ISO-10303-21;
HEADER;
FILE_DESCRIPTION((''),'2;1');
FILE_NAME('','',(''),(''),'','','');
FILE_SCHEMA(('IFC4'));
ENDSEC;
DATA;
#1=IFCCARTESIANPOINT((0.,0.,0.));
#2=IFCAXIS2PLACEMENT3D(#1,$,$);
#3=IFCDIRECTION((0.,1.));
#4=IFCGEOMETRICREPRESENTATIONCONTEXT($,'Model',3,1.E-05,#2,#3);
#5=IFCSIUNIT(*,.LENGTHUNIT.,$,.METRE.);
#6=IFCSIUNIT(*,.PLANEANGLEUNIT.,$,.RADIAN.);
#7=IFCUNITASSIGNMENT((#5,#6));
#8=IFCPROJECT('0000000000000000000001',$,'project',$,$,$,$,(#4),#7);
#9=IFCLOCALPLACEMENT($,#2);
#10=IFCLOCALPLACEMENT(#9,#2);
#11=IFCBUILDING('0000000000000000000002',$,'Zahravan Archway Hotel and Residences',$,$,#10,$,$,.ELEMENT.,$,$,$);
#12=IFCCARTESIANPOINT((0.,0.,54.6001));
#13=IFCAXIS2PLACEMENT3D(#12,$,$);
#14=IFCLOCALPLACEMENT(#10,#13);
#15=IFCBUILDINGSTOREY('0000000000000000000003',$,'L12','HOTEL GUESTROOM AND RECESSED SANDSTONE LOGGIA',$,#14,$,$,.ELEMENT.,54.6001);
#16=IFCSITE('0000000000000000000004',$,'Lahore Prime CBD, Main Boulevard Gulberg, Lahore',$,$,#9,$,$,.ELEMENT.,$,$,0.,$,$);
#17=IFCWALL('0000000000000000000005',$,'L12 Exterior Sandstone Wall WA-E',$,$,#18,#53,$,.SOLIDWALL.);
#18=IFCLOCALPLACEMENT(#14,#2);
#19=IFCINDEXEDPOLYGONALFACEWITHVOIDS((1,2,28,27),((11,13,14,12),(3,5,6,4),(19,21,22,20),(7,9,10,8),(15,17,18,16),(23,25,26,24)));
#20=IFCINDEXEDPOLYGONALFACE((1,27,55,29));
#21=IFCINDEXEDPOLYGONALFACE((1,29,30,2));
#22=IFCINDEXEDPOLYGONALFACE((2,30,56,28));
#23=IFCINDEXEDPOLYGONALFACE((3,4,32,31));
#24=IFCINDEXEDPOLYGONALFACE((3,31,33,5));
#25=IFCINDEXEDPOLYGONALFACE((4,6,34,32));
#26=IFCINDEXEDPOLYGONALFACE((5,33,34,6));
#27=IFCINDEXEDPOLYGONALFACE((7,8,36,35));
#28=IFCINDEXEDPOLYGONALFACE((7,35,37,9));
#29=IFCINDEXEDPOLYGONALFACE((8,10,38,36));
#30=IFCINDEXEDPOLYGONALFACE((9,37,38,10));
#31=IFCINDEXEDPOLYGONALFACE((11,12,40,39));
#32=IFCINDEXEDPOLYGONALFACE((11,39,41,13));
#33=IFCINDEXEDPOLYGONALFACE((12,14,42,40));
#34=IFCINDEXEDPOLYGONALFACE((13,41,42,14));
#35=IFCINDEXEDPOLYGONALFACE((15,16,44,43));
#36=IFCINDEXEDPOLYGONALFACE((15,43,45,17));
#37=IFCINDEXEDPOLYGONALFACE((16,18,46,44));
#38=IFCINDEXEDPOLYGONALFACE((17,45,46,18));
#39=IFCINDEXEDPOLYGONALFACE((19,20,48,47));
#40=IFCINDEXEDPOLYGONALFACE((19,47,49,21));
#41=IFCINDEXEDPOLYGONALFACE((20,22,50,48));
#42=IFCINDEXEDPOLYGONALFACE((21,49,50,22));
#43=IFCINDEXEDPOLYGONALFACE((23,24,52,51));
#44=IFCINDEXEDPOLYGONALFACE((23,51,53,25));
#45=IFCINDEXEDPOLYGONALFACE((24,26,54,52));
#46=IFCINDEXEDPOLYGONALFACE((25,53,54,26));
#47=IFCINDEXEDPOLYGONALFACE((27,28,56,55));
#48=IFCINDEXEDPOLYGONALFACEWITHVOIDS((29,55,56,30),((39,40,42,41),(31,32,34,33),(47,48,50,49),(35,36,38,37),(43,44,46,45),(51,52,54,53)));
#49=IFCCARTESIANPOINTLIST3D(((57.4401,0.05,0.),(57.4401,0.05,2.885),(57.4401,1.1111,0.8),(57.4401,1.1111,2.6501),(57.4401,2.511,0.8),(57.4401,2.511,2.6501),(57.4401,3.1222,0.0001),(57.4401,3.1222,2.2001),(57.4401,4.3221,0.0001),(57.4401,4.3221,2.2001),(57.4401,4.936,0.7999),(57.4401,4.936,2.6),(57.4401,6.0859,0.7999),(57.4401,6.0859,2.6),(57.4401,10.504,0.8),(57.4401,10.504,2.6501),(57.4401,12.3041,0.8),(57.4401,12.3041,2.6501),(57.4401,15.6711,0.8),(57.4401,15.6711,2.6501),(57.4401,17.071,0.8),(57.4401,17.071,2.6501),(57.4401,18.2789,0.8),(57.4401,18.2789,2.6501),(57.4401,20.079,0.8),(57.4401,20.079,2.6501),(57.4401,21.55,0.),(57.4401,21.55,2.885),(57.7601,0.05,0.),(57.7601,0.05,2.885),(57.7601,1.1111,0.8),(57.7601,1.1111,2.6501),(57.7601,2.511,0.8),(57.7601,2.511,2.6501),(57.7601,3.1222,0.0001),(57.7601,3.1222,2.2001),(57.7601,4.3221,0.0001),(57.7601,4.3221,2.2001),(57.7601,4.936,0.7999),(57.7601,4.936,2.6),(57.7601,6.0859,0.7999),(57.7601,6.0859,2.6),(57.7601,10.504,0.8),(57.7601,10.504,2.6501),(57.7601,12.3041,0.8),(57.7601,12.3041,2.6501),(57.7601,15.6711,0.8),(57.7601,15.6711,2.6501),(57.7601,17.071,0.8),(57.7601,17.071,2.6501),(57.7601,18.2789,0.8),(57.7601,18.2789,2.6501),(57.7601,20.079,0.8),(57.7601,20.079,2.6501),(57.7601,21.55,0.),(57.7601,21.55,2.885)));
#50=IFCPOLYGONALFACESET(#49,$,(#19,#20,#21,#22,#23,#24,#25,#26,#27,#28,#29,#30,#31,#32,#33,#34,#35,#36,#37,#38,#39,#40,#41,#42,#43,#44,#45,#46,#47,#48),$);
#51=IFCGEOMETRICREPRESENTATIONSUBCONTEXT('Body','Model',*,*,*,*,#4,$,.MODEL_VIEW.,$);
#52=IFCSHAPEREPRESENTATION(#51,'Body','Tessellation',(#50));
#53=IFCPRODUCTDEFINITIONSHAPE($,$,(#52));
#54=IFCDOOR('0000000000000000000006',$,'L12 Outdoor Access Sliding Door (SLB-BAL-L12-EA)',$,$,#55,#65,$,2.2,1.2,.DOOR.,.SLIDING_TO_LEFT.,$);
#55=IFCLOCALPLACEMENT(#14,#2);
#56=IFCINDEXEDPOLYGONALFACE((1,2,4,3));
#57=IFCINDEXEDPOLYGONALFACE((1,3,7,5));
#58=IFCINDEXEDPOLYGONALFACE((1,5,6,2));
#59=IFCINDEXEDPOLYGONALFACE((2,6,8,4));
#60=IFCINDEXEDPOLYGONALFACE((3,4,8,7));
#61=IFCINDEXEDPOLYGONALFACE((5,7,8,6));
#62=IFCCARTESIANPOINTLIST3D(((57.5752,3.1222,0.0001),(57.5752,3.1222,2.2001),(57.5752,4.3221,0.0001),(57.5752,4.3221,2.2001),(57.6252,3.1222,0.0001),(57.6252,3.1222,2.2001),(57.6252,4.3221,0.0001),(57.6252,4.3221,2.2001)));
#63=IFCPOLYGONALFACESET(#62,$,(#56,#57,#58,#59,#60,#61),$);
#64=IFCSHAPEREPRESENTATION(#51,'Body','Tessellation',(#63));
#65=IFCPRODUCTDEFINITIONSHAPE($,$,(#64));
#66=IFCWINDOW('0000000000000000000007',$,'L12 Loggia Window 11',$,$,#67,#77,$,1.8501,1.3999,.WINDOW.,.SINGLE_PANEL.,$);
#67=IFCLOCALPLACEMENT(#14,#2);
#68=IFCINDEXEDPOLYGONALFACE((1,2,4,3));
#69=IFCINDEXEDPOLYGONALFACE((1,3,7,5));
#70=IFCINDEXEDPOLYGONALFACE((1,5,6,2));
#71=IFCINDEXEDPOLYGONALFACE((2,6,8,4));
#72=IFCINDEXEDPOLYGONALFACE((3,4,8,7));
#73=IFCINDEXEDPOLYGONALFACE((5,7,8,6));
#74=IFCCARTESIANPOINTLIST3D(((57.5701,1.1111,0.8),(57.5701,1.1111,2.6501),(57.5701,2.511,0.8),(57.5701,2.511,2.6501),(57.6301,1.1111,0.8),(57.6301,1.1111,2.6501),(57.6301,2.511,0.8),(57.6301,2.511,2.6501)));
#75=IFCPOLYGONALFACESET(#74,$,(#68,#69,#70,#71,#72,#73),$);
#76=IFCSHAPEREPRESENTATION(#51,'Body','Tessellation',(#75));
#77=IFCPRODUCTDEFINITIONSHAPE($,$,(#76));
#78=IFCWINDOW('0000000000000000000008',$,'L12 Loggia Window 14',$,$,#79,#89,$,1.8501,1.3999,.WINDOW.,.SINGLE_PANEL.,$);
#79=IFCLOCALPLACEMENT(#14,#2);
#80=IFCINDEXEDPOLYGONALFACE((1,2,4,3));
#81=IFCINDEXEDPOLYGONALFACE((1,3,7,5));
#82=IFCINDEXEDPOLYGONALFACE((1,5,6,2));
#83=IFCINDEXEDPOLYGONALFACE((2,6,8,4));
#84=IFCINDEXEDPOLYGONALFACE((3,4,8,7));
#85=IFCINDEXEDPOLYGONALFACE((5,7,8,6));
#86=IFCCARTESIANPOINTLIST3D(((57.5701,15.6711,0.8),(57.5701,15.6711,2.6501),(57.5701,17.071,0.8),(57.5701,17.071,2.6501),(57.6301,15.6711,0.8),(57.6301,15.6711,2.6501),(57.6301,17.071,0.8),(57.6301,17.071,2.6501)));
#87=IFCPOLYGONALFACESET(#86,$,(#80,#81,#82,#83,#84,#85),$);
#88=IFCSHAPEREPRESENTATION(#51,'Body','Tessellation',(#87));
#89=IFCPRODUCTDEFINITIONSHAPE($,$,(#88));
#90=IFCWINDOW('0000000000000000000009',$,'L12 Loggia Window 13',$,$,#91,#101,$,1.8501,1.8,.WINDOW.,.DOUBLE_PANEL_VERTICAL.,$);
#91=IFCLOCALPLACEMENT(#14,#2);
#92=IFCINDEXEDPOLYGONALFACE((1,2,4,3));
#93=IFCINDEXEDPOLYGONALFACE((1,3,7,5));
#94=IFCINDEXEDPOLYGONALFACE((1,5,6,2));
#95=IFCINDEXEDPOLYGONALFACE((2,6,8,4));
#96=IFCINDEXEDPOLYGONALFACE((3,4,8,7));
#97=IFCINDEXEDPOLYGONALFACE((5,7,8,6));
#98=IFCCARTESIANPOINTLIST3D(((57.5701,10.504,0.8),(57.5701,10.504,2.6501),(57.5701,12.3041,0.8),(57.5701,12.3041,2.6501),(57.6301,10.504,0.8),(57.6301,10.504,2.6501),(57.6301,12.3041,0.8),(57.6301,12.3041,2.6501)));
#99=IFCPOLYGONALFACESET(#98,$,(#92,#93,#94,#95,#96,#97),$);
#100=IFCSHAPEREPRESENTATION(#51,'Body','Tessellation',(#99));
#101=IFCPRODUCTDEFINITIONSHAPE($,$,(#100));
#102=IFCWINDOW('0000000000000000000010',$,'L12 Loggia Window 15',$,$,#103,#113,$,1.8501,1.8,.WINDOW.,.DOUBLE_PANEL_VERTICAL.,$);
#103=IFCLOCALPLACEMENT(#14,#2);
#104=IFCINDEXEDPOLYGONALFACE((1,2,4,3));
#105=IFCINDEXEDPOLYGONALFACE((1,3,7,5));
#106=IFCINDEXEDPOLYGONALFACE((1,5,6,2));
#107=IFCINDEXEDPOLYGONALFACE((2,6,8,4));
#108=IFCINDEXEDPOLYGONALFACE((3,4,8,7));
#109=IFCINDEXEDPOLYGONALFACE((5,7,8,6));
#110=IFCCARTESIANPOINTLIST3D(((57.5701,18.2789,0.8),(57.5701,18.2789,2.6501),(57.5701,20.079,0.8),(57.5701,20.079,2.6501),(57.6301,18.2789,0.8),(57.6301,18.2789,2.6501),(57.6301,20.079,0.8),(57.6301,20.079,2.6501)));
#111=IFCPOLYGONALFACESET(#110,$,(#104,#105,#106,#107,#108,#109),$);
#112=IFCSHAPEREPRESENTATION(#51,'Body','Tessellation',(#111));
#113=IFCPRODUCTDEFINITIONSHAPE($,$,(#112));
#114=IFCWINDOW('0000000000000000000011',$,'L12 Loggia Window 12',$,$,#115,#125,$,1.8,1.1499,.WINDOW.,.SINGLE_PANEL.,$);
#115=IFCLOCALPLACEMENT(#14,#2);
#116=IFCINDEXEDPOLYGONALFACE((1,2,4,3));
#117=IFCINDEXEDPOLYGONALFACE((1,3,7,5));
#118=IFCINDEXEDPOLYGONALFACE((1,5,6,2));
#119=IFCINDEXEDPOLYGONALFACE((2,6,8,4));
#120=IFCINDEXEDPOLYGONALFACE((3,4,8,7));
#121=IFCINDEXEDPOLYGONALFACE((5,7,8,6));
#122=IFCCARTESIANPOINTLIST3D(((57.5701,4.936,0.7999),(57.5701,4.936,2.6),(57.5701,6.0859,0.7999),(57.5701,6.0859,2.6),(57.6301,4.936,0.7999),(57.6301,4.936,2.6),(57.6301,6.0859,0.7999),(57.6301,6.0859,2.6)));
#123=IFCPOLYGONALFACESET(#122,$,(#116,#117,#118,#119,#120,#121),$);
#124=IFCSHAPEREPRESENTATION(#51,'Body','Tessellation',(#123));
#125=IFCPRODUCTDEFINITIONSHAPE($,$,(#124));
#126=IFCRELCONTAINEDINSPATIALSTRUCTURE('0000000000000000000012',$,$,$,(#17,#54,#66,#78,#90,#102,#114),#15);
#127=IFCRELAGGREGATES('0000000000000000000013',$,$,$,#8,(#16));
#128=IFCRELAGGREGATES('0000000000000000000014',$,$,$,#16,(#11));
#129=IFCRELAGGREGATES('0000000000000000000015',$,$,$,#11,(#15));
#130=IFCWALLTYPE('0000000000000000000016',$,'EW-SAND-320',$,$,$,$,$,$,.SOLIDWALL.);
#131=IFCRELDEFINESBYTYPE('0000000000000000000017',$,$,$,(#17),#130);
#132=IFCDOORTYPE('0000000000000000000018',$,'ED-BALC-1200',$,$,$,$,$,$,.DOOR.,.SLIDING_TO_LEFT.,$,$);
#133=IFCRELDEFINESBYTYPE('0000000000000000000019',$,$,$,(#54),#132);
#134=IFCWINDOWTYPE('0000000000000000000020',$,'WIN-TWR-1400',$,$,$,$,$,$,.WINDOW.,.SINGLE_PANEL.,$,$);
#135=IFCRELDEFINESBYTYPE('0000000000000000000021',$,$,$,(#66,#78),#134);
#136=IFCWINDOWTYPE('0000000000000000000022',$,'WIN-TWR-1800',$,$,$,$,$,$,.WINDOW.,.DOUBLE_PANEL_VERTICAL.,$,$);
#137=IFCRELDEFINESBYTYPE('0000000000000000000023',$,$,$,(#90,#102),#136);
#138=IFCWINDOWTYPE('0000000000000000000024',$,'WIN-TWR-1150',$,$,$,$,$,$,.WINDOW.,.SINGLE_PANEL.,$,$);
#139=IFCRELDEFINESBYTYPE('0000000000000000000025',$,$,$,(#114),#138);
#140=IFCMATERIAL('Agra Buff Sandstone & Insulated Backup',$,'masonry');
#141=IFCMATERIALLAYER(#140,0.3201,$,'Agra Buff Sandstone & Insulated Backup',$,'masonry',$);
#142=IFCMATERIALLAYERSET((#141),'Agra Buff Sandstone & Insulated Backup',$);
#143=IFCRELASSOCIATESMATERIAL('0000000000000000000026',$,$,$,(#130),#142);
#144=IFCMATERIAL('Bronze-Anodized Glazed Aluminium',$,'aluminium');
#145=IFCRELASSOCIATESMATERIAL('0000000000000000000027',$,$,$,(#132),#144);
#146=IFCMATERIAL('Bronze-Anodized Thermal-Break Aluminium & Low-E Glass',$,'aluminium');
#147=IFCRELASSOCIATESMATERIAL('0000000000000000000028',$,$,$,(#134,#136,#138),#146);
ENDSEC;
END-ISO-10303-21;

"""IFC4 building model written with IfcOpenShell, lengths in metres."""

from ifc_helpers import new_model, si_unit, direction, frame, frame_2d, origin, place, context, subcontext, project, spatial, rectangle, extrude, source, transform, mapped, material, layer, layer_set, type_object, type_shapes, element, fill, save


model = new_model("IFC4")

# Units and contexts
model_context = context("Model", 3, precision=1e-05, world=origin(), true_north=direction((0.0, 1.0)))
body_context = subcontext(model_context, "Body", "Model", "MODEL_VIEW")
ifc_project = project(units=[si_unit("LENGTHUNIT", "METRE"), si_unit("PLANEANGLEUNIT", "RADIAN")], contexts=[model_context])

# Site, building, storey
site_placement = place(None, origin())
site = spatial("IfcSite", under=ifc_project, at=site_placement, Name="Lahore Prime CBD, Main Boulevard Gulberg, Lahore", CompositionType="ELEMENT", RefElevation=0.0)
building_placement = place(site_placement, origin())
building = spatial("IfcBuilding", under=site, at=building_placement, Name="Zahravan Archway Hotel and Residences", CompositionType="ELEMENT")
storey_placement = place(building_placement, frame((0.0, 0.0, 54.6001)))
storey = spatial("IfcBuildingStorey", under=building, at=storey_placement, Name="L12", Description="HOTEL GUESTROOM AND RECESSED SANDSTONE LOGGIA", CompositionType="ELEMENT", Elevation=54.6001)

# Wall, openings, door, windows
ifc_material_1 = material(Name="Agra Buff Sandstone & Insulated Backup", Category="masonry")
ifc_layer_1 = layer(ifc_material_1, 0.3201, Name="Agra Buff Sandstone & Insulated Backup", Category="masonry")
ifc_layer_set_1 = layer_set([ifc_layer_1], Name="Agra Buff Sandstone & Insulated Backup")
wall_type_1 = type_object("IfcWallType", Name="EW-SAND-320", PredefinedType="SOLIDWALL", material=ifc_layer_set_1)
wall_1_placement = place(storey_placement, frame((57.6001, 0.05, 0.0), z_axis=(0.0, 0.0, 1.0), x_axis=(0.0, 1.0, 0.0)))
wall_1 = element("IfcWall", 1, at=wall_1_placement, inside=storey, type_object=wall_type_1, Name="L12 Exterior Sandstone Wall WA-E", PredefinedType="SOLIDWALL", context=body_context, shape_type="SweptSolid", body=[
    extrude(rectangle(XDim=21.5, YDim=0.3201, at=frame_2d((10.75, 0.0))), origin(), (0.0, 0.0, 1.0), 2.885),
])
opening_1_placement = place(wall_1_placement, frame((3.072, 0.0, 0.0)))
opening_1 = element("IfcOpeningElement", 2, at=opening_1_placement, cuts=wall_1, PredefinedType="OPENING", context=body_context, shape_type="SweptSolid", body=[
    extrude(rectangle(XDim=1.2, YDim=2.2, at=frame_2d((0.6001, 1.1001))), frame((0.0, 0.1699, 0.0), z_axis=(0.0, -1.0, 0.0), x_axis=(1.0, 0.0, 0.0)), (0.0, 0.0, 1.0), 0.3401),
])
opening_2_placement = place(wall_1_placement, frame((1.061, 0.0, 0.8)))
opening_2 = element("IfcOpeningElement", 3, at=opening_2_placement, cuts=wall_1, PredefinedType="OPENING", context=body_context, shape_type="SweptSolid", body=[
    extrude(rectangle(XDim=1.3999, YDim=1.8501, at=frame_2d((0.7, 0.925))), frame((0.0, 0.1699, 0.0), z_axis=(0.0, -1.0, 0.0), x_axis=(1.0, 0.0, 0.0)), (0.0, 0.0, 1.0), 0.3401),
])
opening_3_placement = place(wall_1_placement, frame((4.886, 0.0, 0.8)))
opening_3 = element("IfcOpeningElement", 4, at=opening_3_placement, cuts=wall_1, PredefinedType="OPENING", context=body_context, shape_type="SweptSolid", body=[
    extrude(rectangle(XDim=1.1499, YDim=1.8, at=frame_2d((0.575, 0.8999))), frame((0.0, 0.1699, 0.0), z_axis=(0.0, -1.0, 0.0), x_axis=(1.0, 0.0, 0.0)), (0.0, 0.0, 1.0), 0.3401),
])
opening_4_placement = place(wall_1_placement, frame((10.4541, 0.0, 0.8)))
opening_4 = element("IfcOpeningElement", 5, at=opening_4_placement, cuts=wall_1, PredefinedType="OPENING", context=body_context, shape_type="SweptSolid", body=[
    extrude(rectangle(XDim=1.8, YDim=1.8501, at=frame_2d((0.8999, 0.925))), frame((0.0, 0.1699, 0.0), z_axis=(0.0, -1.0, 0.0), x_axis=(1.0, 0.0, 0.0)), (0.0, 0.0, 1.0), 0.3401),
])
opening_5_placement = place(wall_1_placement, frame((15.6211, 0.0, 0.8)))
opening_5 = element("IfcOpeningElement", 6, at=opening_5_placement, cuts=wall_1, PredefinedType="OPENING", context=body_context, shape_type="SweptSolid", body=[
    extrude(rectangle(XDim=1.3999, YDim=1.8501, at=frame_2d((0.7, 0.925))), frame((0.0, 0.1699, 0.0), z_axis=(0.0, -1.0, 0.0), x_axis=(1.0, 0.0, 0.0)), (0.0, 0.0, 1.0), 0.3401),
])
opening_6_placement = place(wall_1_placement, frame((18.229, 0.0, 0.8)))
opening_6 = element("IfcOpeningElement", 7, at=opening_6_placement, cuts=wall_1, PredefinedType="OPENING", context=body_context, shape_type="SweptSolid", body=[
    extrude(rectangle(XDim=1.8, YDim=1.8501, at=frame_2d((0.8999, 0.925))), frame((0.0, 0.1699, 0.0), z_axis=(0.0, -1.0, 0.0), x_axis=(1.0, 0.0, 0.0)), (0.0, 0.0, 1.0), 0.3401),
])
ifc_material_2 = material(Name="Bronze-Anodized Glazed Aluminium", Category="aluminium")
door_type_1 = type_object("IfcDoorType", Name="ED-BALC-1200", OperationType="SLIDING_TO_LEFT", PredefinedType="DOOR", material=ifc_material_2)
shared_shape_1 = source(origin(), body_context, "Body", "SweptSolid", [
    extrude(rectangle(XDim=1.2, YDim=2.2, at=frame_2d((0.6001, 1.1001))), frame((0.0, 0.0249, 0.0), z_axis=(0.0, -1.0, 0.0), x_axis=(1.0, 0.0, 0.0)), (0.0, 0.0, 1.0), 0.05),
])
type_shapes(door_type_1, [shared_shape_1])
door_1_placement = place(opening_1_placement, origin())
door_1 = element("IfcDoor", 8, at=door_1_placement, inside=storey, type_object=door_type_1, Name="L12 Outdoor Access Sliding Door (SLB-BAL-L12-EA)", OperationType="SLIDING_TO_LEFT", OverallHeight=2.2, OverallWidth=1.2, PredefinedType="DOOR", context=body_context, shape_type="MappedRepresentation", body=[
    mapped(shared_shape_1, transform((0.0, 0.0, 0.0), scale=1.0)),
])
fill(opening_1, door_1)
ifc_material_3 = material(Name="Bronze-Anodized Thermal-Break Aluminium & Low-E Glass", Category="aluminium")
window_type_1 = type_object("IfcWindowType", Name="WIN-TWR-1400", PartitioningType="SINGLE_PANEL", PredefinedType="WINDOW", material=ifc_material_3)
shared_shape_2 = source(origin(), body_context, "Body", "SweptSolid", [
    extrude(rectangle(XDim=1.3999, YDim=1.8501, at=frame_2d((0.7, 0.925))), frame((0.0, 0.03, 0.0), z_axis=(0.0, -1.0, 0.0), x_axis=(1.0, 0.0, 0.0)), (0.0, 0.0, 1.0), 0.0601),
])
type_shapes(window_type_1, [shared_shape_2])
window_1_placement = place(opening_2_placement, origin())
window_1 = element("IfcWindow", 9, at=window_1_placement, inside=storey, type_object=window_type_1, Name="L12 Loggia Window 11", OverallHeight=1.8501, OverallWidth=1.3999, PartitioningType="SINGLE_PANEL", PredefinedType="WINDOW", context=body_context, shape_type="MappedRepresentation", body=[
    mapped(shared_shape_2, transform((0.0, 0.0, 0.0), scale=1.0)),
])
fill(opening_2, window_1)
window_2_placement = place(opening_5_placement, origin())
window_2 = element("IfcWindow", 10, at=window_2_placement, inside=storey, type_object=window_type_1, Name="L12 Loggia Window 14", OverallHeight=1.8501, OverallWidth=1.3999, PartitioningType="SINGLE_PANEL", PredefinedType="WINDOW", context=body_context, shape_type="MappedRepresentation", body=[
    mapped(shared_shape_2, transform((0.0, 0.0, 0.0), scale=1.0)),
])
fill(opening_5, window_2)
window_type_2 = type_object("IfcWindowType", Name="WIN-TWR-1800", PartitioningType="DOUBLE_PANEL_VERTICAL", PredefinedType="WINDOW", material=ifc_material_3)
shared_shape_3 = source(origin(), body_context, "Body", "SweptSolid", [
    extrude(rectangle(XDim=1.8, YDim=1.8501, at=frame_2d((0.8999, 0.925))), frame((0.0, 0.03, 0.0), z_axis=(0.0, -1.0, 0.0), x_axis=(1.0, 0.0, 0.0)), (0.0, 0.0, 1.0), 0.0601),
])
type_shapes(window_type_2, [shared_shape_3])
window_3_placement = place(opening_4_placement, origin())
window_3 = element("IfcWindow", 11, at=window_3_placement, inside=storey, type_object=window_type_2, Name="L12 Loggia Window 13", OverallHeight=1.8501, OverallWidth=1.8, PartitioningType="DOUBLE_PANEL_VERTICAL", PredefinedType="WINDOW", context=body_context, shape_type="MappedRepresentation", body=[
    mapped(shared_shape_3, transform((0.0, 0.0, 0.0), scale=1.0)),
])
fill(opening_4, window_3)
window_4_placement = place(opening_6_placement, origin())
window_4 = element("IfcWindow", 12, at=window_4_placement, inside=storey, type_object=window_type_2, Name="L12 Loggia Window 15", OverallHeight=1.8501, OverallWidth=1.8, PartitioningType="DOUBLE_PANEL_VERTICAL", PredefinedType="WINDOW", context=body_context, shape_type="MappedRepresentation", body=[
    mapped(shared_shape_3, transform((0.0, 0.0, 0.0), scale=1.0)),
])
fill(opening_6, window_4)
window_type_3 = type_object("IfcWindowType", Name="WIN-TWR-1150", PartitioningType="SINGLE_PANEL", PredefinedType="WINDOW", material=ifc_material_3)
shared_shape_4 = source(origin(), body_context, "Body", "SweptSolid", [
    extrude(rectangle(XDim=1.1499, YDim=1.8, at=frame_2d((0.575, 0.8999))), frame((0.0, 0.03, 0.0), z_axis=(0.0, -1.0, 0.0), x_axis=(1.0, 0.0, 0.0)), (0.0, 0.0, 1.0), 0.0601),
])
type_shapes(window_type_3, [shared_shape_4])
window_5_placement = place(opening_3_placement, origin())
window_5 = element("IfcWindow", 13, at=window_5_placement, inside=storey, type_object=window_type_3, Name="L12 Loggia Window 12", OverallHeight=1.8, OverallWidth=1.1499, PartitioningType="SINGLE_PANEL", PredefinedType="WINDOW", context=body_context, shape_type="MappedRepresentation", body=[
    mapped(shared_shape_4, transform((0.0, 0.0, 0.0), scale=1.0)),
])
fill(opening_3, window_5)

save(model, "model.ifc")
